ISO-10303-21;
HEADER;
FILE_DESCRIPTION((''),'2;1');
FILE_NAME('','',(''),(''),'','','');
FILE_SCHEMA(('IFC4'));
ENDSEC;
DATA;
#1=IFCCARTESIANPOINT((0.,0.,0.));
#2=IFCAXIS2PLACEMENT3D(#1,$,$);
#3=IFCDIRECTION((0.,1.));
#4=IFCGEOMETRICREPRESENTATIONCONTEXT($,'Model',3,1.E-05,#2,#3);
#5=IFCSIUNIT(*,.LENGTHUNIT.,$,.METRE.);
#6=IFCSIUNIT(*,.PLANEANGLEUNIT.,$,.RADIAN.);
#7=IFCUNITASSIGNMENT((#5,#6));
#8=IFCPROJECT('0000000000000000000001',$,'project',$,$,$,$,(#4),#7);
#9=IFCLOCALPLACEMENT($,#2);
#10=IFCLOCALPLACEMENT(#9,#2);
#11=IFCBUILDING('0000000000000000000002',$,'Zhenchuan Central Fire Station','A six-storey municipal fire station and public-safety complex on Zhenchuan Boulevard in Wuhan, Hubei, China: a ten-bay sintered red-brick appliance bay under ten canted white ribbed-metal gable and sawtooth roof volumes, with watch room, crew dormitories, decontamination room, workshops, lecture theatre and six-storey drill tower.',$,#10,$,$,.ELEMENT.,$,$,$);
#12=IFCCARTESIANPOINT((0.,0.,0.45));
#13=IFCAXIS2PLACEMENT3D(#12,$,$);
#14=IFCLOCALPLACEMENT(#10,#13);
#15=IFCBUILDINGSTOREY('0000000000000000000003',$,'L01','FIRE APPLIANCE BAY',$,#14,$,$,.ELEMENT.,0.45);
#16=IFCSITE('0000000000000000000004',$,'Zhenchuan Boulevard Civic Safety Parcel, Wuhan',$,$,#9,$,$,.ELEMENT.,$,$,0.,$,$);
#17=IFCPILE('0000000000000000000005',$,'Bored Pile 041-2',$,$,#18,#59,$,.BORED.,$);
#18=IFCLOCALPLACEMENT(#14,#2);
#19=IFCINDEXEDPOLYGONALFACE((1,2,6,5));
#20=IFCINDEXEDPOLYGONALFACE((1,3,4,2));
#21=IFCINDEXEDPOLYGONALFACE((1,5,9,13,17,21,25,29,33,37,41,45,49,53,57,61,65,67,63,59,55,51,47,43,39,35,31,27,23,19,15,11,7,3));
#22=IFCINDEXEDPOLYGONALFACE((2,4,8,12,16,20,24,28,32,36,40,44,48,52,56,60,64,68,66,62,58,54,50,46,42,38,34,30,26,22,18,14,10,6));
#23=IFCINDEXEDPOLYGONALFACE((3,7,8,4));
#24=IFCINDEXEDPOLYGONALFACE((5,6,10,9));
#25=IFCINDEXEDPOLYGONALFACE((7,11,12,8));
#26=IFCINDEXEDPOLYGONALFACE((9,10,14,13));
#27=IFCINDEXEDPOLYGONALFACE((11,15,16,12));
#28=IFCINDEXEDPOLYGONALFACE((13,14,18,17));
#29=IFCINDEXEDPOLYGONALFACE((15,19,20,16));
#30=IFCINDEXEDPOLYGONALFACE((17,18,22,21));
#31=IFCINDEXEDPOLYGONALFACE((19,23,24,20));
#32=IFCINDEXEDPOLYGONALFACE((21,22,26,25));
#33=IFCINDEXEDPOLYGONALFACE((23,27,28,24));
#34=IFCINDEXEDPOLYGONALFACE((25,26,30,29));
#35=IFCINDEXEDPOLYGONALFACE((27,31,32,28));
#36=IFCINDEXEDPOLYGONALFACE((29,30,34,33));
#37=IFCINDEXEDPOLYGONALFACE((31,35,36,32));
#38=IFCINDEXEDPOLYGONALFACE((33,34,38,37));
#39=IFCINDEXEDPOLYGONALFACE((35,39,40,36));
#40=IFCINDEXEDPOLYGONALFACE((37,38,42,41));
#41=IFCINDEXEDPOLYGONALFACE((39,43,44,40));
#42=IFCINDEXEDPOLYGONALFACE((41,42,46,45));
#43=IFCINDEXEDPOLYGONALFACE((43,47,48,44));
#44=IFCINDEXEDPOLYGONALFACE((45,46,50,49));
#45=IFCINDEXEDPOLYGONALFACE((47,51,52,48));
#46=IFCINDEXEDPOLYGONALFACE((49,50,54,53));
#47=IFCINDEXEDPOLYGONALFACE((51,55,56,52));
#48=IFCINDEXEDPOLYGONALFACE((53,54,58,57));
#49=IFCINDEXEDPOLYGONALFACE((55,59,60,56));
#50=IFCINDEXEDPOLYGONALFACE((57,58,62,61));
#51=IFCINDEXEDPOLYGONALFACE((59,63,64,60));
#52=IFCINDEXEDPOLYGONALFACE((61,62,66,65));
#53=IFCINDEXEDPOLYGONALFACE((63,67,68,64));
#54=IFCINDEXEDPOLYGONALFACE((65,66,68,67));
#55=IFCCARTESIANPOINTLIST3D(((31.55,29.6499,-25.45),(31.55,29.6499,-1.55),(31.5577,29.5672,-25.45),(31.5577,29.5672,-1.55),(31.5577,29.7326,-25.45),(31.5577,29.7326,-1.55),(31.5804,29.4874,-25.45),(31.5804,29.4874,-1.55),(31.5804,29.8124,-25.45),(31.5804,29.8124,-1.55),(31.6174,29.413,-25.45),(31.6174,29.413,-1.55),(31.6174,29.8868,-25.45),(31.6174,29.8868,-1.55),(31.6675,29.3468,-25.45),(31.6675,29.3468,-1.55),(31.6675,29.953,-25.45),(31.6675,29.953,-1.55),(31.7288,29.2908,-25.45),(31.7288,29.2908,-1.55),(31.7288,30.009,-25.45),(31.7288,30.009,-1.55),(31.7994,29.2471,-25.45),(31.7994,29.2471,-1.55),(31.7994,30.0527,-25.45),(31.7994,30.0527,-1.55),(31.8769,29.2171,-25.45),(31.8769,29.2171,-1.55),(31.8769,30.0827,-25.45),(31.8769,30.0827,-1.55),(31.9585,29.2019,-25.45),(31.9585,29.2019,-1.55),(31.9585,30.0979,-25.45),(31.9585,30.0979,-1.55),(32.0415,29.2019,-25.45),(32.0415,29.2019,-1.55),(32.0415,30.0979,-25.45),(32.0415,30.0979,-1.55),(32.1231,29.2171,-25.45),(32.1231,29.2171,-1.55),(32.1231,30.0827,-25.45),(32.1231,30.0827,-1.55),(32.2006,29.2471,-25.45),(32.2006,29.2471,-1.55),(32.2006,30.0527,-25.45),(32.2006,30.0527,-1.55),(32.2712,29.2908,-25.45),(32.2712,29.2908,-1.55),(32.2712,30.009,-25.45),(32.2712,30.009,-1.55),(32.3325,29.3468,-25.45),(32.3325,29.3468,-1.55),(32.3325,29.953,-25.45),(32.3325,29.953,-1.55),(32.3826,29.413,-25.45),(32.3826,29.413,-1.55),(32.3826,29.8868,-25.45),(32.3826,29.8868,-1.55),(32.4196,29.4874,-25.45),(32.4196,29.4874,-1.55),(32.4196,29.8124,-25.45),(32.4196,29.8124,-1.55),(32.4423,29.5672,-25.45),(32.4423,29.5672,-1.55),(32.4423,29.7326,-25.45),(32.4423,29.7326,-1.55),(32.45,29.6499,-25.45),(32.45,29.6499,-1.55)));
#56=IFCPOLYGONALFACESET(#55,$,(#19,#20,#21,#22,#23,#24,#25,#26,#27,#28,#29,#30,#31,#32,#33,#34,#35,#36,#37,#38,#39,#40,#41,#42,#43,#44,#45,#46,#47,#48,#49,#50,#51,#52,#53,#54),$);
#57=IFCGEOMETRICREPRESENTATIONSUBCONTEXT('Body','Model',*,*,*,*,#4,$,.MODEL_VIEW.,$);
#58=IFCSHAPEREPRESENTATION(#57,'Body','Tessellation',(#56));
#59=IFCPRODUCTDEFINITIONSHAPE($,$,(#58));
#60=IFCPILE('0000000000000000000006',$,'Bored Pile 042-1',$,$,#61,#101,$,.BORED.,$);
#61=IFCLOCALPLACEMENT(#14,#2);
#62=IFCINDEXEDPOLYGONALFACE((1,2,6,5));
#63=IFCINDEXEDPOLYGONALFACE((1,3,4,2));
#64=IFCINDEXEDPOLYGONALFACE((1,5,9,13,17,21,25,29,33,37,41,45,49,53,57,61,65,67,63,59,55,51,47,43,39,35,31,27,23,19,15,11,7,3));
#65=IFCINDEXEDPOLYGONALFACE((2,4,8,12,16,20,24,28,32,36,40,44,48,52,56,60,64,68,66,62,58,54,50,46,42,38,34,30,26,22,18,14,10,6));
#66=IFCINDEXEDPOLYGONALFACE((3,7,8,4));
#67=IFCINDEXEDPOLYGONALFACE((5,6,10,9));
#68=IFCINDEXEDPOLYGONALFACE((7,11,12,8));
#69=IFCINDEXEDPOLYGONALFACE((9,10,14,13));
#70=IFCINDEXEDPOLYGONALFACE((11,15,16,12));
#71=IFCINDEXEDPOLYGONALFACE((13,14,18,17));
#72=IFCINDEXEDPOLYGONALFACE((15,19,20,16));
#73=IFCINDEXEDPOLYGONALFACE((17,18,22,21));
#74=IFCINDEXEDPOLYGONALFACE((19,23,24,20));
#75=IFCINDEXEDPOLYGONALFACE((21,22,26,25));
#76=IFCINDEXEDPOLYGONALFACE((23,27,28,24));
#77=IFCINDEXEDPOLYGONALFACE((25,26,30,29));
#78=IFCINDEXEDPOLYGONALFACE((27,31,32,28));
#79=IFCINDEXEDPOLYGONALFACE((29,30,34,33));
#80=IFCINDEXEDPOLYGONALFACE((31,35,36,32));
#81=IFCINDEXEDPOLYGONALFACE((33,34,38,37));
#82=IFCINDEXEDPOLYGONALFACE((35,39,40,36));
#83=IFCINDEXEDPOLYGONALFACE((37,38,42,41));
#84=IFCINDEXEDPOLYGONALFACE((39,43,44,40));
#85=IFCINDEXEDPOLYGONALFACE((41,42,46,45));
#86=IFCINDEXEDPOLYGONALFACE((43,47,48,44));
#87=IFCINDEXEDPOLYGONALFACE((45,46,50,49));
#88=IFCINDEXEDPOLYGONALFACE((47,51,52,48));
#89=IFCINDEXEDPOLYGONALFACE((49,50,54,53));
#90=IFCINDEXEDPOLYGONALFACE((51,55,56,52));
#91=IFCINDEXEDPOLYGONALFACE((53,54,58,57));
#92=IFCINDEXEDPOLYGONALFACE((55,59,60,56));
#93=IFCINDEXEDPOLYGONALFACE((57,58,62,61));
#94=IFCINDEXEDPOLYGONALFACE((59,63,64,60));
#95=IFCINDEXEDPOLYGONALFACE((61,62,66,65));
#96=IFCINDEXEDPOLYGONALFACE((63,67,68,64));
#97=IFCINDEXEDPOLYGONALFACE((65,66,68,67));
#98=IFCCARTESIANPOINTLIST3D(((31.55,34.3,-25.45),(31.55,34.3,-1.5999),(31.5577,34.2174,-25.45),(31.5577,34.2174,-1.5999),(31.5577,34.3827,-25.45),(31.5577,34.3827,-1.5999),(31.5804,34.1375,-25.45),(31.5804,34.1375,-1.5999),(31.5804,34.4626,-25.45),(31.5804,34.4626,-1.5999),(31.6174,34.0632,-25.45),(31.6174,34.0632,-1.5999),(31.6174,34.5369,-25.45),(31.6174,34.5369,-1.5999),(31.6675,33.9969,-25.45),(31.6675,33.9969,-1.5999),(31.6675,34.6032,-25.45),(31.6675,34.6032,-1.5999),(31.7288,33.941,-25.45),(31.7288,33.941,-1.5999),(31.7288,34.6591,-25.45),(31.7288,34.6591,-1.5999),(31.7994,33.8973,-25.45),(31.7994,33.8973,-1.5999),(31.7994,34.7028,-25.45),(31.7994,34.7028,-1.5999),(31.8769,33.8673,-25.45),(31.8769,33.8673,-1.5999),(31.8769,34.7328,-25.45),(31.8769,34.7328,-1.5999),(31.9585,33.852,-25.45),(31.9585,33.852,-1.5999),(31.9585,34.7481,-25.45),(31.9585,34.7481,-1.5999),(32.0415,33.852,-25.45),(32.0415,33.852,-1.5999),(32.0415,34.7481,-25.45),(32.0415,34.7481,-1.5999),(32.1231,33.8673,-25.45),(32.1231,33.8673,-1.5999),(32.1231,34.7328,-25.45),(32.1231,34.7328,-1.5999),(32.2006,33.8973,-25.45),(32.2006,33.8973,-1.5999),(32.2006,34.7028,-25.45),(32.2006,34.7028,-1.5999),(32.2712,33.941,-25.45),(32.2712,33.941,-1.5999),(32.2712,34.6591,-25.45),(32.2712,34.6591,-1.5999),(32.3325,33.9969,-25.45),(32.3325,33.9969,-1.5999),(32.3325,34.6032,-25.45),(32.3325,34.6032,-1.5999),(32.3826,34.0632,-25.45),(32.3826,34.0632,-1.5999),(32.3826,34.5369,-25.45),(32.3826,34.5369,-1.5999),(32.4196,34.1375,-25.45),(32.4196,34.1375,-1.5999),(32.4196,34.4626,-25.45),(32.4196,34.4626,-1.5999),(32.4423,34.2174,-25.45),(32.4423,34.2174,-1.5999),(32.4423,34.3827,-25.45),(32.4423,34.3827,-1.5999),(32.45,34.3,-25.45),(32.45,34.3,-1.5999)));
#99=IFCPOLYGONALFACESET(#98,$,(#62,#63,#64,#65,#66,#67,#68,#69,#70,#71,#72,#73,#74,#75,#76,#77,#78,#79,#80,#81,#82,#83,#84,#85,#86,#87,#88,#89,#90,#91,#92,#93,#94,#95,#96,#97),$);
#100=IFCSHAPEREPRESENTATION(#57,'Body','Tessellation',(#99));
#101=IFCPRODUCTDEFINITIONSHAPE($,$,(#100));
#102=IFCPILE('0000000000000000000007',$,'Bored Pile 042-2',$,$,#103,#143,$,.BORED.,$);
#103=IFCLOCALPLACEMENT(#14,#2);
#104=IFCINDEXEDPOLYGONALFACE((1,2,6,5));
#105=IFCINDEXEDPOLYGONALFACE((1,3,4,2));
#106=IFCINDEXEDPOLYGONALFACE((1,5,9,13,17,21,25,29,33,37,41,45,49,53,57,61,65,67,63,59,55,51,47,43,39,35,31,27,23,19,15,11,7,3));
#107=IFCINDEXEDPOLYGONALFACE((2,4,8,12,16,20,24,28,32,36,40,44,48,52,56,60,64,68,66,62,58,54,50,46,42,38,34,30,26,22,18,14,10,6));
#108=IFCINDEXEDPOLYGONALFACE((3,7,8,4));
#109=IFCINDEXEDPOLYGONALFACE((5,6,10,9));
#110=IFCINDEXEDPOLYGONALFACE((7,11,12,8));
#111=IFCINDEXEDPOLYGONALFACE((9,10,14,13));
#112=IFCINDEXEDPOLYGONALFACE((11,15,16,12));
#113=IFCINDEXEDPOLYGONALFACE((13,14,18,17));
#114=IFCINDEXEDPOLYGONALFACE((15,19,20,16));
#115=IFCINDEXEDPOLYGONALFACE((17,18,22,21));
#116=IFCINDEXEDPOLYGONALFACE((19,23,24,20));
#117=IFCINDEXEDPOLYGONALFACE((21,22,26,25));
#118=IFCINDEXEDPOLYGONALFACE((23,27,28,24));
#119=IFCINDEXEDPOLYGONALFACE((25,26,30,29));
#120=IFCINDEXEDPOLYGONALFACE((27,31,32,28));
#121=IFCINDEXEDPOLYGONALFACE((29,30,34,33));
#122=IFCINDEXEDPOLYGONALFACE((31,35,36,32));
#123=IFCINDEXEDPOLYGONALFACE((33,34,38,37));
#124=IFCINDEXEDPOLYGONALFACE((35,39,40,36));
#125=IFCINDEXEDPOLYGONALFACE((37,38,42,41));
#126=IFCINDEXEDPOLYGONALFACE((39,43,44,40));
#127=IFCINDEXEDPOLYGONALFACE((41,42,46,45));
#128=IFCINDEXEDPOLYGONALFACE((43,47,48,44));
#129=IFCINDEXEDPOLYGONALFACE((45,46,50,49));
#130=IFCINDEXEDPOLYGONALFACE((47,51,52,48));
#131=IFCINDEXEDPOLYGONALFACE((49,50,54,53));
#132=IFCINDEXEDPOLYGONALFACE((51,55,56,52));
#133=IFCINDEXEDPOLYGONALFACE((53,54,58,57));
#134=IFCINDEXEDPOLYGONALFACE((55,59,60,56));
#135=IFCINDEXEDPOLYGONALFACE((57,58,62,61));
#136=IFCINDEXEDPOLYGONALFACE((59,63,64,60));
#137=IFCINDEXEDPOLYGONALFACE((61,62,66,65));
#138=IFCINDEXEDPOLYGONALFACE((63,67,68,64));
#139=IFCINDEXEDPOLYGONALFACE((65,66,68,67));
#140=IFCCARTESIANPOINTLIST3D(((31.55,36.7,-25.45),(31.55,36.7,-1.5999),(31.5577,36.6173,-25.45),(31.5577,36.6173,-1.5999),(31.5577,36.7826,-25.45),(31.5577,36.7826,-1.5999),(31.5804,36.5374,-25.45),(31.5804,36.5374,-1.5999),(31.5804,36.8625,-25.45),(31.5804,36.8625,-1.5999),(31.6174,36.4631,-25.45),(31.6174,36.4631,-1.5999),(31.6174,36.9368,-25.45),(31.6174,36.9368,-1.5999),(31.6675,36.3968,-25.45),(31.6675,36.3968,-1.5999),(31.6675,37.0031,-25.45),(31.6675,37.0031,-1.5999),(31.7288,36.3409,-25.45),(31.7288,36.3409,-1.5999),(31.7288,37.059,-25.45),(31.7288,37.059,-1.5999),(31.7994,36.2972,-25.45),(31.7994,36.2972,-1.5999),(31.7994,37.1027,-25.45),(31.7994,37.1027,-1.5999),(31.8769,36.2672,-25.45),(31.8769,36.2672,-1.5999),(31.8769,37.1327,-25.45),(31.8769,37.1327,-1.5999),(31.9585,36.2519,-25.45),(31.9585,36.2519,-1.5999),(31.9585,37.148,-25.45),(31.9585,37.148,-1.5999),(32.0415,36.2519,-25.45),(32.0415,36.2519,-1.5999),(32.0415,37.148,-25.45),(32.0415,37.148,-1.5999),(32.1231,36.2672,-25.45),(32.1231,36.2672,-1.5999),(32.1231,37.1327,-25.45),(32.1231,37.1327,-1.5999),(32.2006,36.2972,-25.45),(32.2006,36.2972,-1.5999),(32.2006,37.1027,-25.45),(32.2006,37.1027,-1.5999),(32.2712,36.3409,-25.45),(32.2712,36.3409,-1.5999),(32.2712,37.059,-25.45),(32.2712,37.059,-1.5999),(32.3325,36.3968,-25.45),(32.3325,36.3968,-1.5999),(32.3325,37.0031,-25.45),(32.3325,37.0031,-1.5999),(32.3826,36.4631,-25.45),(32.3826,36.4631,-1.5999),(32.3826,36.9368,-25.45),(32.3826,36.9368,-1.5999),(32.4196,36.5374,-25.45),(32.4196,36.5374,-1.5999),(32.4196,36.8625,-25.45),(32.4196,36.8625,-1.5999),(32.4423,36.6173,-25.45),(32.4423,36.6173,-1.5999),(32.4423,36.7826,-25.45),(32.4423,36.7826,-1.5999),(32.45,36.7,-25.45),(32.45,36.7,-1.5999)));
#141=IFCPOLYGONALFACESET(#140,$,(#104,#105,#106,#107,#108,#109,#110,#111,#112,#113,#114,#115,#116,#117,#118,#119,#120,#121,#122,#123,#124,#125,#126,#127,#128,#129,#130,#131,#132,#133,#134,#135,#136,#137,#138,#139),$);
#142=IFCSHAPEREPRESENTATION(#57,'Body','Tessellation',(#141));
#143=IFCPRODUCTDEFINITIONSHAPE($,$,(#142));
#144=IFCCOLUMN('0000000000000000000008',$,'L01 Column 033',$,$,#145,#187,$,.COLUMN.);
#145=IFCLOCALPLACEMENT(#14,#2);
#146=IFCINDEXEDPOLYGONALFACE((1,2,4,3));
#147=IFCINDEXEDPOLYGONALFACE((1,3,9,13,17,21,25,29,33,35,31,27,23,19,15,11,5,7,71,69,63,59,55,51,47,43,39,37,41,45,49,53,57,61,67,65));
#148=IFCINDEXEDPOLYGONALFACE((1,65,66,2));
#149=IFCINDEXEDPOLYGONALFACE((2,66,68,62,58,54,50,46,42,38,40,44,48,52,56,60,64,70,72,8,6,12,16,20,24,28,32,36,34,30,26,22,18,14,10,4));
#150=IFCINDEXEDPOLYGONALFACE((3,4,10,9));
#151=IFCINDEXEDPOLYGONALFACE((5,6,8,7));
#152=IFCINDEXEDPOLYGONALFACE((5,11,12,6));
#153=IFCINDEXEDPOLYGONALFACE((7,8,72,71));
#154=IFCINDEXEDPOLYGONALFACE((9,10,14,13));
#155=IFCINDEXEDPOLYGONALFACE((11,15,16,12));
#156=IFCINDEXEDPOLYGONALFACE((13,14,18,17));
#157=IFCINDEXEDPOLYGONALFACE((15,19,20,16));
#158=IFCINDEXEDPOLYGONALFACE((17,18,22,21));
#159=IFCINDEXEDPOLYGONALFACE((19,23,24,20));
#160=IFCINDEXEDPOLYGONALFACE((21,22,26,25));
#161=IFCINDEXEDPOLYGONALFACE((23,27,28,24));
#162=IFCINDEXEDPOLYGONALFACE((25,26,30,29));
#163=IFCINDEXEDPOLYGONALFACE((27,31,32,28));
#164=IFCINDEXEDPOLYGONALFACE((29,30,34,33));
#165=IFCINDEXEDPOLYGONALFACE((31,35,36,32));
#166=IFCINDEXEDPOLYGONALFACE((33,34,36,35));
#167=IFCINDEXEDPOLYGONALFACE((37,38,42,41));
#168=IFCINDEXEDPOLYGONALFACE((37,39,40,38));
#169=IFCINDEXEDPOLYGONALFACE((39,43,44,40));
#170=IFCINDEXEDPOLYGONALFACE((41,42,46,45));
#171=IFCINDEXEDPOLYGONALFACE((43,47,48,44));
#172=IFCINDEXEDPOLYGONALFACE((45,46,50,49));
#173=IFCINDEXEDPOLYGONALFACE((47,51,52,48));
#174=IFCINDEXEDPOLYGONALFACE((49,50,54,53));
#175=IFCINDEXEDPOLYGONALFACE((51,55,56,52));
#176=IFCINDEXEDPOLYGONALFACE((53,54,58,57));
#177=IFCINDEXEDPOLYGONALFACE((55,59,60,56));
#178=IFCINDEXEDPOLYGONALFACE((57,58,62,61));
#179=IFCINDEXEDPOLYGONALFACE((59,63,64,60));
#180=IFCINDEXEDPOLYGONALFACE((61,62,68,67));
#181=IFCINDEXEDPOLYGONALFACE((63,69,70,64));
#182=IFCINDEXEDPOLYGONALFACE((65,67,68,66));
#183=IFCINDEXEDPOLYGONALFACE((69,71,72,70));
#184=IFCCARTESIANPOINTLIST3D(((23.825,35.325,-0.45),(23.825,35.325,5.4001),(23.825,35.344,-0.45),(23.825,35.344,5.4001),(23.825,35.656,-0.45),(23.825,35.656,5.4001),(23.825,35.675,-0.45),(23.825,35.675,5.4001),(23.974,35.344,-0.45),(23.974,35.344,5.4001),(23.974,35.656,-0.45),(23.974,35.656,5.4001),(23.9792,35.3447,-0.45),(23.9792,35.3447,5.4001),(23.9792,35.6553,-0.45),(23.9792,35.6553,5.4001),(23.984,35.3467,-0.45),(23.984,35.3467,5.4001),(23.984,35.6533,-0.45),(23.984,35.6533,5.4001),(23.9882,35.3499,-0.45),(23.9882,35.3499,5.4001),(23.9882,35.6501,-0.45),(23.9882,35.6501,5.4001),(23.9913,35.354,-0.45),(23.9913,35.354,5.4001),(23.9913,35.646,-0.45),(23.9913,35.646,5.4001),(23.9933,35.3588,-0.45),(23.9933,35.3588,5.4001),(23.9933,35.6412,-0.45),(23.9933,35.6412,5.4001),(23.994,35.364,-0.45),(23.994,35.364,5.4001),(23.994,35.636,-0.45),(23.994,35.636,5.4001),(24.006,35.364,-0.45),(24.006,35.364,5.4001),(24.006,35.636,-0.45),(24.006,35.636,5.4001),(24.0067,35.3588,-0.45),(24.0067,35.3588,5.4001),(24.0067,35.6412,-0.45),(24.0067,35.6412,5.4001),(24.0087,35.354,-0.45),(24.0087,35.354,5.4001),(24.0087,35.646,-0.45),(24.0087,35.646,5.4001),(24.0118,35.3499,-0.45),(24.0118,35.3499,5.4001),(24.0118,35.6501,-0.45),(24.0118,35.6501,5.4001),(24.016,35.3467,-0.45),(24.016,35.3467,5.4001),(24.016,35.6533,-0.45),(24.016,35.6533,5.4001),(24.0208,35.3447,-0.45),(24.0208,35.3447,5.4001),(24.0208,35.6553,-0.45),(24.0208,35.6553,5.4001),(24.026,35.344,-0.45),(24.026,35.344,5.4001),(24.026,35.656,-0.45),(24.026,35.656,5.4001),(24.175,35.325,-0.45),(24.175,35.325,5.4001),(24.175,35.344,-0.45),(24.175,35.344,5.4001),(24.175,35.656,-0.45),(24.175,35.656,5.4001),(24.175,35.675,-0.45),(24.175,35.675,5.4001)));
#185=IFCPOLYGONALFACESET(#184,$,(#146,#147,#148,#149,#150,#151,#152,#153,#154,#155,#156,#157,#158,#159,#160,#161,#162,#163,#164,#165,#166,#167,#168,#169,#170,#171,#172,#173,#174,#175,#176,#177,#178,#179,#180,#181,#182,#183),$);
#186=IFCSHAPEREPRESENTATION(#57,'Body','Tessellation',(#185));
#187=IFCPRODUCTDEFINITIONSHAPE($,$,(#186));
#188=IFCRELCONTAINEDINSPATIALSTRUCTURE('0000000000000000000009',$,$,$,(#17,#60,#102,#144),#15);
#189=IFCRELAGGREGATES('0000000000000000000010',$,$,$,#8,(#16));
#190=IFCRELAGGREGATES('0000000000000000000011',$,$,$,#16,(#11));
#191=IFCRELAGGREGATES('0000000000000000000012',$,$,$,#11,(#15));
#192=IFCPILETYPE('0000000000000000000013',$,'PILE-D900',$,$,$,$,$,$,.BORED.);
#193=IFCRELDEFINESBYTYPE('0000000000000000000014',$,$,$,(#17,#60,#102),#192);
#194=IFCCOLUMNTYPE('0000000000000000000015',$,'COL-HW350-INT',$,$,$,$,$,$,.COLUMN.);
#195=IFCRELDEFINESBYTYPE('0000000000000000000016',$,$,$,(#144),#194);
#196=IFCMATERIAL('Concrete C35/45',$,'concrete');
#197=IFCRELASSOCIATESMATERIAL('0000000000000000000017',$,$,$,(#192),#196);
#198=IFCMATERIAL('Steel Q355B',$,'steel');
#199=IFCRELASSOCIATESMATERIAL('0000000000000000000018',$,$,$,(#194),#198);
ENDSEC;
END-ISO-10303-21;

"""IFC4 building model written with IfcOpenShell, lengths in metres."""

from ifc_helpers import new_model, si_unit, direction, frame, origin, origin_2d, place, context, subcontext, project, spatial, circle, i_section, extrude, material, material_profile, profile_set, type_object, element, save


model = new_model("IFC4")

# Units and contexts
model_context = context("Model", 3, precision=1e-05, world=origin(), true_north=direction((0.0, 1.0)))
body_context = subcontext(model_context, "Body", "Model", "MODEL_VIEW")
ifc_project = project(units=[si_unit("LENGTHUNIT", "METRE"), si_unit("PLANEANGLEUNIT", "RADIAN")], contexts=[model_context])

# Site, building, storey
site_placement = place(None, origin())
site = spatial("IfcSite", under=ifc_project, at=site_placement, Name="Zhenchuan Boulevard Civic Safety Parcel, Wuhan", CompositionType="ELEMENT", RefElevation=0.0)
building_placement = place(site_placement, origin())
building = spatial("IfcBuilding", under=site, at=building_placement, Name="Zhenchuan Central Fire Station", Description="A six-storey municipal fire station and public-safety complex on Zhenchuan Boulevard in Wuhan, Hubei, China: a ten-bay sintered red-brick appliance bay under ten canted white ribbed-metal gable and sawtooth roof volumes, with watch room, crew dormitories, decontamination room, workshops, lecture theatre and six-storey drill tower.", CompositionType="ELEMENT")
storey_placement = place(building_placement, frame((0.0, 0.0, 0.45)))
storey = spatial("IfcBuildingStorey", under=building, at=storey_placement, Name="L01", Description="FIRE APPLIANCE BAY", CompositionType="ELEMENT", Elevation=0.45)

# Piles
ifc_material_1 = material(Name="Concrete C35/45", Category="concrete")
ifc_material_profile_1 = material_profile(ifc_material_1, circle(Radius=0.45, at=origin_2d()), Name="PILE D900")
ifc_profile_set_1 = profile_set([ifc_material_profile_1], Name="Concrete C35/45")
pile_type_1 = type_object("IfcPileType", Name="PILE-D900", PredefinedType="BORED", material=ifc_profile_set_1)
pile_1_placement = place(storey_placement, frame((32.0, 29.6499, -1.55), z_axis=(0.0, 0.0, -1.0), x_axis=(1.0, 0.0, 0.0)))
element("IfcPile", 1, at=pile_1_placement, inside=storey, type_object=pile_type_1, Name="Bored Pile 041-2", PredefinedType="BORED", context=body_context, shape_type="SweptSolid", body=[
    extrude(circle(Radius=0.45, at=origin_2d()), origin(), (0.0, 0.0, 1.0), 23.8999),
])
for number, where, z_axis, x_axis, name in (
    (2, (32.0, 34.3, -1.5999), (0.0, 0.0, -1.0), (1.0, 0.0, 0.0), "Bored Pile 042-1"),
    (3, (32.0, 36.7, -1.5999), (0.0, 0.0, -1.0), (1.0, 0.0, 0.0), "Bored Pile 042-2"),
):
    element("IfcPile", number, at=place(storey_placement, frame(where, z_axis=z_axis, x_axis=x_axis)), inside=storey, type_object=pile_type_1, Name=name, PredefinedType="BORED", context=body_context, shape_type="SweptSolid", body=[
        extrude(circle(Radius=0.45, at=origin_2d()), origin(), (0.0, 0.0, 1.0), 23.8501),
    ])

# Column
ifc_material_2 = material(Name="Steel Q355B", Category="steel")
ifc_material_profile_2 = material_profile(ifc_material_2, i_section(OverallWidth=0.3501, OverallDepth=0.3501, WebThickness=0.012, FlangeThickness=0.019, FilletRadius=0.02, at=origin_2d()), Name="HW 350x350")
ifc_profile_set_2 = profile_set([ifc_material_profile_2], Name="Steel Q355B")
column_type = type_object("IfcColumnType", Name="COL-HW350-INT", PredefinedType="COLUMN", material=ifc_profile_set_2)
for number, where, z_axis, x_axis, name in (
    (4, (24.0, 35.5, -0.45), (0.0, 0.0, 1.0), (1.0, 0.0, 0.0), "L01 Column 033"),
):
    element("IfcColumn", number, at=place(storey_placement, frame(where, z_axis=z_axis, x_axis=x_axis)), inside=storey, type_object=column_type, Name=name, PredefinedType="COLUMN", context=body_context, shape_type="SweptSolid", body=[
        extrude(i_section(OverallWidth=0.3501, OverallDepth=0.3501, WebThickness=0.012, FlangeThickness=0.019, FilletRadius=0.02, at=origin_2d()), origin(), (0.0, 0.0, 1.0), 5.8501),
    ])

save(model, "model.ifc")
